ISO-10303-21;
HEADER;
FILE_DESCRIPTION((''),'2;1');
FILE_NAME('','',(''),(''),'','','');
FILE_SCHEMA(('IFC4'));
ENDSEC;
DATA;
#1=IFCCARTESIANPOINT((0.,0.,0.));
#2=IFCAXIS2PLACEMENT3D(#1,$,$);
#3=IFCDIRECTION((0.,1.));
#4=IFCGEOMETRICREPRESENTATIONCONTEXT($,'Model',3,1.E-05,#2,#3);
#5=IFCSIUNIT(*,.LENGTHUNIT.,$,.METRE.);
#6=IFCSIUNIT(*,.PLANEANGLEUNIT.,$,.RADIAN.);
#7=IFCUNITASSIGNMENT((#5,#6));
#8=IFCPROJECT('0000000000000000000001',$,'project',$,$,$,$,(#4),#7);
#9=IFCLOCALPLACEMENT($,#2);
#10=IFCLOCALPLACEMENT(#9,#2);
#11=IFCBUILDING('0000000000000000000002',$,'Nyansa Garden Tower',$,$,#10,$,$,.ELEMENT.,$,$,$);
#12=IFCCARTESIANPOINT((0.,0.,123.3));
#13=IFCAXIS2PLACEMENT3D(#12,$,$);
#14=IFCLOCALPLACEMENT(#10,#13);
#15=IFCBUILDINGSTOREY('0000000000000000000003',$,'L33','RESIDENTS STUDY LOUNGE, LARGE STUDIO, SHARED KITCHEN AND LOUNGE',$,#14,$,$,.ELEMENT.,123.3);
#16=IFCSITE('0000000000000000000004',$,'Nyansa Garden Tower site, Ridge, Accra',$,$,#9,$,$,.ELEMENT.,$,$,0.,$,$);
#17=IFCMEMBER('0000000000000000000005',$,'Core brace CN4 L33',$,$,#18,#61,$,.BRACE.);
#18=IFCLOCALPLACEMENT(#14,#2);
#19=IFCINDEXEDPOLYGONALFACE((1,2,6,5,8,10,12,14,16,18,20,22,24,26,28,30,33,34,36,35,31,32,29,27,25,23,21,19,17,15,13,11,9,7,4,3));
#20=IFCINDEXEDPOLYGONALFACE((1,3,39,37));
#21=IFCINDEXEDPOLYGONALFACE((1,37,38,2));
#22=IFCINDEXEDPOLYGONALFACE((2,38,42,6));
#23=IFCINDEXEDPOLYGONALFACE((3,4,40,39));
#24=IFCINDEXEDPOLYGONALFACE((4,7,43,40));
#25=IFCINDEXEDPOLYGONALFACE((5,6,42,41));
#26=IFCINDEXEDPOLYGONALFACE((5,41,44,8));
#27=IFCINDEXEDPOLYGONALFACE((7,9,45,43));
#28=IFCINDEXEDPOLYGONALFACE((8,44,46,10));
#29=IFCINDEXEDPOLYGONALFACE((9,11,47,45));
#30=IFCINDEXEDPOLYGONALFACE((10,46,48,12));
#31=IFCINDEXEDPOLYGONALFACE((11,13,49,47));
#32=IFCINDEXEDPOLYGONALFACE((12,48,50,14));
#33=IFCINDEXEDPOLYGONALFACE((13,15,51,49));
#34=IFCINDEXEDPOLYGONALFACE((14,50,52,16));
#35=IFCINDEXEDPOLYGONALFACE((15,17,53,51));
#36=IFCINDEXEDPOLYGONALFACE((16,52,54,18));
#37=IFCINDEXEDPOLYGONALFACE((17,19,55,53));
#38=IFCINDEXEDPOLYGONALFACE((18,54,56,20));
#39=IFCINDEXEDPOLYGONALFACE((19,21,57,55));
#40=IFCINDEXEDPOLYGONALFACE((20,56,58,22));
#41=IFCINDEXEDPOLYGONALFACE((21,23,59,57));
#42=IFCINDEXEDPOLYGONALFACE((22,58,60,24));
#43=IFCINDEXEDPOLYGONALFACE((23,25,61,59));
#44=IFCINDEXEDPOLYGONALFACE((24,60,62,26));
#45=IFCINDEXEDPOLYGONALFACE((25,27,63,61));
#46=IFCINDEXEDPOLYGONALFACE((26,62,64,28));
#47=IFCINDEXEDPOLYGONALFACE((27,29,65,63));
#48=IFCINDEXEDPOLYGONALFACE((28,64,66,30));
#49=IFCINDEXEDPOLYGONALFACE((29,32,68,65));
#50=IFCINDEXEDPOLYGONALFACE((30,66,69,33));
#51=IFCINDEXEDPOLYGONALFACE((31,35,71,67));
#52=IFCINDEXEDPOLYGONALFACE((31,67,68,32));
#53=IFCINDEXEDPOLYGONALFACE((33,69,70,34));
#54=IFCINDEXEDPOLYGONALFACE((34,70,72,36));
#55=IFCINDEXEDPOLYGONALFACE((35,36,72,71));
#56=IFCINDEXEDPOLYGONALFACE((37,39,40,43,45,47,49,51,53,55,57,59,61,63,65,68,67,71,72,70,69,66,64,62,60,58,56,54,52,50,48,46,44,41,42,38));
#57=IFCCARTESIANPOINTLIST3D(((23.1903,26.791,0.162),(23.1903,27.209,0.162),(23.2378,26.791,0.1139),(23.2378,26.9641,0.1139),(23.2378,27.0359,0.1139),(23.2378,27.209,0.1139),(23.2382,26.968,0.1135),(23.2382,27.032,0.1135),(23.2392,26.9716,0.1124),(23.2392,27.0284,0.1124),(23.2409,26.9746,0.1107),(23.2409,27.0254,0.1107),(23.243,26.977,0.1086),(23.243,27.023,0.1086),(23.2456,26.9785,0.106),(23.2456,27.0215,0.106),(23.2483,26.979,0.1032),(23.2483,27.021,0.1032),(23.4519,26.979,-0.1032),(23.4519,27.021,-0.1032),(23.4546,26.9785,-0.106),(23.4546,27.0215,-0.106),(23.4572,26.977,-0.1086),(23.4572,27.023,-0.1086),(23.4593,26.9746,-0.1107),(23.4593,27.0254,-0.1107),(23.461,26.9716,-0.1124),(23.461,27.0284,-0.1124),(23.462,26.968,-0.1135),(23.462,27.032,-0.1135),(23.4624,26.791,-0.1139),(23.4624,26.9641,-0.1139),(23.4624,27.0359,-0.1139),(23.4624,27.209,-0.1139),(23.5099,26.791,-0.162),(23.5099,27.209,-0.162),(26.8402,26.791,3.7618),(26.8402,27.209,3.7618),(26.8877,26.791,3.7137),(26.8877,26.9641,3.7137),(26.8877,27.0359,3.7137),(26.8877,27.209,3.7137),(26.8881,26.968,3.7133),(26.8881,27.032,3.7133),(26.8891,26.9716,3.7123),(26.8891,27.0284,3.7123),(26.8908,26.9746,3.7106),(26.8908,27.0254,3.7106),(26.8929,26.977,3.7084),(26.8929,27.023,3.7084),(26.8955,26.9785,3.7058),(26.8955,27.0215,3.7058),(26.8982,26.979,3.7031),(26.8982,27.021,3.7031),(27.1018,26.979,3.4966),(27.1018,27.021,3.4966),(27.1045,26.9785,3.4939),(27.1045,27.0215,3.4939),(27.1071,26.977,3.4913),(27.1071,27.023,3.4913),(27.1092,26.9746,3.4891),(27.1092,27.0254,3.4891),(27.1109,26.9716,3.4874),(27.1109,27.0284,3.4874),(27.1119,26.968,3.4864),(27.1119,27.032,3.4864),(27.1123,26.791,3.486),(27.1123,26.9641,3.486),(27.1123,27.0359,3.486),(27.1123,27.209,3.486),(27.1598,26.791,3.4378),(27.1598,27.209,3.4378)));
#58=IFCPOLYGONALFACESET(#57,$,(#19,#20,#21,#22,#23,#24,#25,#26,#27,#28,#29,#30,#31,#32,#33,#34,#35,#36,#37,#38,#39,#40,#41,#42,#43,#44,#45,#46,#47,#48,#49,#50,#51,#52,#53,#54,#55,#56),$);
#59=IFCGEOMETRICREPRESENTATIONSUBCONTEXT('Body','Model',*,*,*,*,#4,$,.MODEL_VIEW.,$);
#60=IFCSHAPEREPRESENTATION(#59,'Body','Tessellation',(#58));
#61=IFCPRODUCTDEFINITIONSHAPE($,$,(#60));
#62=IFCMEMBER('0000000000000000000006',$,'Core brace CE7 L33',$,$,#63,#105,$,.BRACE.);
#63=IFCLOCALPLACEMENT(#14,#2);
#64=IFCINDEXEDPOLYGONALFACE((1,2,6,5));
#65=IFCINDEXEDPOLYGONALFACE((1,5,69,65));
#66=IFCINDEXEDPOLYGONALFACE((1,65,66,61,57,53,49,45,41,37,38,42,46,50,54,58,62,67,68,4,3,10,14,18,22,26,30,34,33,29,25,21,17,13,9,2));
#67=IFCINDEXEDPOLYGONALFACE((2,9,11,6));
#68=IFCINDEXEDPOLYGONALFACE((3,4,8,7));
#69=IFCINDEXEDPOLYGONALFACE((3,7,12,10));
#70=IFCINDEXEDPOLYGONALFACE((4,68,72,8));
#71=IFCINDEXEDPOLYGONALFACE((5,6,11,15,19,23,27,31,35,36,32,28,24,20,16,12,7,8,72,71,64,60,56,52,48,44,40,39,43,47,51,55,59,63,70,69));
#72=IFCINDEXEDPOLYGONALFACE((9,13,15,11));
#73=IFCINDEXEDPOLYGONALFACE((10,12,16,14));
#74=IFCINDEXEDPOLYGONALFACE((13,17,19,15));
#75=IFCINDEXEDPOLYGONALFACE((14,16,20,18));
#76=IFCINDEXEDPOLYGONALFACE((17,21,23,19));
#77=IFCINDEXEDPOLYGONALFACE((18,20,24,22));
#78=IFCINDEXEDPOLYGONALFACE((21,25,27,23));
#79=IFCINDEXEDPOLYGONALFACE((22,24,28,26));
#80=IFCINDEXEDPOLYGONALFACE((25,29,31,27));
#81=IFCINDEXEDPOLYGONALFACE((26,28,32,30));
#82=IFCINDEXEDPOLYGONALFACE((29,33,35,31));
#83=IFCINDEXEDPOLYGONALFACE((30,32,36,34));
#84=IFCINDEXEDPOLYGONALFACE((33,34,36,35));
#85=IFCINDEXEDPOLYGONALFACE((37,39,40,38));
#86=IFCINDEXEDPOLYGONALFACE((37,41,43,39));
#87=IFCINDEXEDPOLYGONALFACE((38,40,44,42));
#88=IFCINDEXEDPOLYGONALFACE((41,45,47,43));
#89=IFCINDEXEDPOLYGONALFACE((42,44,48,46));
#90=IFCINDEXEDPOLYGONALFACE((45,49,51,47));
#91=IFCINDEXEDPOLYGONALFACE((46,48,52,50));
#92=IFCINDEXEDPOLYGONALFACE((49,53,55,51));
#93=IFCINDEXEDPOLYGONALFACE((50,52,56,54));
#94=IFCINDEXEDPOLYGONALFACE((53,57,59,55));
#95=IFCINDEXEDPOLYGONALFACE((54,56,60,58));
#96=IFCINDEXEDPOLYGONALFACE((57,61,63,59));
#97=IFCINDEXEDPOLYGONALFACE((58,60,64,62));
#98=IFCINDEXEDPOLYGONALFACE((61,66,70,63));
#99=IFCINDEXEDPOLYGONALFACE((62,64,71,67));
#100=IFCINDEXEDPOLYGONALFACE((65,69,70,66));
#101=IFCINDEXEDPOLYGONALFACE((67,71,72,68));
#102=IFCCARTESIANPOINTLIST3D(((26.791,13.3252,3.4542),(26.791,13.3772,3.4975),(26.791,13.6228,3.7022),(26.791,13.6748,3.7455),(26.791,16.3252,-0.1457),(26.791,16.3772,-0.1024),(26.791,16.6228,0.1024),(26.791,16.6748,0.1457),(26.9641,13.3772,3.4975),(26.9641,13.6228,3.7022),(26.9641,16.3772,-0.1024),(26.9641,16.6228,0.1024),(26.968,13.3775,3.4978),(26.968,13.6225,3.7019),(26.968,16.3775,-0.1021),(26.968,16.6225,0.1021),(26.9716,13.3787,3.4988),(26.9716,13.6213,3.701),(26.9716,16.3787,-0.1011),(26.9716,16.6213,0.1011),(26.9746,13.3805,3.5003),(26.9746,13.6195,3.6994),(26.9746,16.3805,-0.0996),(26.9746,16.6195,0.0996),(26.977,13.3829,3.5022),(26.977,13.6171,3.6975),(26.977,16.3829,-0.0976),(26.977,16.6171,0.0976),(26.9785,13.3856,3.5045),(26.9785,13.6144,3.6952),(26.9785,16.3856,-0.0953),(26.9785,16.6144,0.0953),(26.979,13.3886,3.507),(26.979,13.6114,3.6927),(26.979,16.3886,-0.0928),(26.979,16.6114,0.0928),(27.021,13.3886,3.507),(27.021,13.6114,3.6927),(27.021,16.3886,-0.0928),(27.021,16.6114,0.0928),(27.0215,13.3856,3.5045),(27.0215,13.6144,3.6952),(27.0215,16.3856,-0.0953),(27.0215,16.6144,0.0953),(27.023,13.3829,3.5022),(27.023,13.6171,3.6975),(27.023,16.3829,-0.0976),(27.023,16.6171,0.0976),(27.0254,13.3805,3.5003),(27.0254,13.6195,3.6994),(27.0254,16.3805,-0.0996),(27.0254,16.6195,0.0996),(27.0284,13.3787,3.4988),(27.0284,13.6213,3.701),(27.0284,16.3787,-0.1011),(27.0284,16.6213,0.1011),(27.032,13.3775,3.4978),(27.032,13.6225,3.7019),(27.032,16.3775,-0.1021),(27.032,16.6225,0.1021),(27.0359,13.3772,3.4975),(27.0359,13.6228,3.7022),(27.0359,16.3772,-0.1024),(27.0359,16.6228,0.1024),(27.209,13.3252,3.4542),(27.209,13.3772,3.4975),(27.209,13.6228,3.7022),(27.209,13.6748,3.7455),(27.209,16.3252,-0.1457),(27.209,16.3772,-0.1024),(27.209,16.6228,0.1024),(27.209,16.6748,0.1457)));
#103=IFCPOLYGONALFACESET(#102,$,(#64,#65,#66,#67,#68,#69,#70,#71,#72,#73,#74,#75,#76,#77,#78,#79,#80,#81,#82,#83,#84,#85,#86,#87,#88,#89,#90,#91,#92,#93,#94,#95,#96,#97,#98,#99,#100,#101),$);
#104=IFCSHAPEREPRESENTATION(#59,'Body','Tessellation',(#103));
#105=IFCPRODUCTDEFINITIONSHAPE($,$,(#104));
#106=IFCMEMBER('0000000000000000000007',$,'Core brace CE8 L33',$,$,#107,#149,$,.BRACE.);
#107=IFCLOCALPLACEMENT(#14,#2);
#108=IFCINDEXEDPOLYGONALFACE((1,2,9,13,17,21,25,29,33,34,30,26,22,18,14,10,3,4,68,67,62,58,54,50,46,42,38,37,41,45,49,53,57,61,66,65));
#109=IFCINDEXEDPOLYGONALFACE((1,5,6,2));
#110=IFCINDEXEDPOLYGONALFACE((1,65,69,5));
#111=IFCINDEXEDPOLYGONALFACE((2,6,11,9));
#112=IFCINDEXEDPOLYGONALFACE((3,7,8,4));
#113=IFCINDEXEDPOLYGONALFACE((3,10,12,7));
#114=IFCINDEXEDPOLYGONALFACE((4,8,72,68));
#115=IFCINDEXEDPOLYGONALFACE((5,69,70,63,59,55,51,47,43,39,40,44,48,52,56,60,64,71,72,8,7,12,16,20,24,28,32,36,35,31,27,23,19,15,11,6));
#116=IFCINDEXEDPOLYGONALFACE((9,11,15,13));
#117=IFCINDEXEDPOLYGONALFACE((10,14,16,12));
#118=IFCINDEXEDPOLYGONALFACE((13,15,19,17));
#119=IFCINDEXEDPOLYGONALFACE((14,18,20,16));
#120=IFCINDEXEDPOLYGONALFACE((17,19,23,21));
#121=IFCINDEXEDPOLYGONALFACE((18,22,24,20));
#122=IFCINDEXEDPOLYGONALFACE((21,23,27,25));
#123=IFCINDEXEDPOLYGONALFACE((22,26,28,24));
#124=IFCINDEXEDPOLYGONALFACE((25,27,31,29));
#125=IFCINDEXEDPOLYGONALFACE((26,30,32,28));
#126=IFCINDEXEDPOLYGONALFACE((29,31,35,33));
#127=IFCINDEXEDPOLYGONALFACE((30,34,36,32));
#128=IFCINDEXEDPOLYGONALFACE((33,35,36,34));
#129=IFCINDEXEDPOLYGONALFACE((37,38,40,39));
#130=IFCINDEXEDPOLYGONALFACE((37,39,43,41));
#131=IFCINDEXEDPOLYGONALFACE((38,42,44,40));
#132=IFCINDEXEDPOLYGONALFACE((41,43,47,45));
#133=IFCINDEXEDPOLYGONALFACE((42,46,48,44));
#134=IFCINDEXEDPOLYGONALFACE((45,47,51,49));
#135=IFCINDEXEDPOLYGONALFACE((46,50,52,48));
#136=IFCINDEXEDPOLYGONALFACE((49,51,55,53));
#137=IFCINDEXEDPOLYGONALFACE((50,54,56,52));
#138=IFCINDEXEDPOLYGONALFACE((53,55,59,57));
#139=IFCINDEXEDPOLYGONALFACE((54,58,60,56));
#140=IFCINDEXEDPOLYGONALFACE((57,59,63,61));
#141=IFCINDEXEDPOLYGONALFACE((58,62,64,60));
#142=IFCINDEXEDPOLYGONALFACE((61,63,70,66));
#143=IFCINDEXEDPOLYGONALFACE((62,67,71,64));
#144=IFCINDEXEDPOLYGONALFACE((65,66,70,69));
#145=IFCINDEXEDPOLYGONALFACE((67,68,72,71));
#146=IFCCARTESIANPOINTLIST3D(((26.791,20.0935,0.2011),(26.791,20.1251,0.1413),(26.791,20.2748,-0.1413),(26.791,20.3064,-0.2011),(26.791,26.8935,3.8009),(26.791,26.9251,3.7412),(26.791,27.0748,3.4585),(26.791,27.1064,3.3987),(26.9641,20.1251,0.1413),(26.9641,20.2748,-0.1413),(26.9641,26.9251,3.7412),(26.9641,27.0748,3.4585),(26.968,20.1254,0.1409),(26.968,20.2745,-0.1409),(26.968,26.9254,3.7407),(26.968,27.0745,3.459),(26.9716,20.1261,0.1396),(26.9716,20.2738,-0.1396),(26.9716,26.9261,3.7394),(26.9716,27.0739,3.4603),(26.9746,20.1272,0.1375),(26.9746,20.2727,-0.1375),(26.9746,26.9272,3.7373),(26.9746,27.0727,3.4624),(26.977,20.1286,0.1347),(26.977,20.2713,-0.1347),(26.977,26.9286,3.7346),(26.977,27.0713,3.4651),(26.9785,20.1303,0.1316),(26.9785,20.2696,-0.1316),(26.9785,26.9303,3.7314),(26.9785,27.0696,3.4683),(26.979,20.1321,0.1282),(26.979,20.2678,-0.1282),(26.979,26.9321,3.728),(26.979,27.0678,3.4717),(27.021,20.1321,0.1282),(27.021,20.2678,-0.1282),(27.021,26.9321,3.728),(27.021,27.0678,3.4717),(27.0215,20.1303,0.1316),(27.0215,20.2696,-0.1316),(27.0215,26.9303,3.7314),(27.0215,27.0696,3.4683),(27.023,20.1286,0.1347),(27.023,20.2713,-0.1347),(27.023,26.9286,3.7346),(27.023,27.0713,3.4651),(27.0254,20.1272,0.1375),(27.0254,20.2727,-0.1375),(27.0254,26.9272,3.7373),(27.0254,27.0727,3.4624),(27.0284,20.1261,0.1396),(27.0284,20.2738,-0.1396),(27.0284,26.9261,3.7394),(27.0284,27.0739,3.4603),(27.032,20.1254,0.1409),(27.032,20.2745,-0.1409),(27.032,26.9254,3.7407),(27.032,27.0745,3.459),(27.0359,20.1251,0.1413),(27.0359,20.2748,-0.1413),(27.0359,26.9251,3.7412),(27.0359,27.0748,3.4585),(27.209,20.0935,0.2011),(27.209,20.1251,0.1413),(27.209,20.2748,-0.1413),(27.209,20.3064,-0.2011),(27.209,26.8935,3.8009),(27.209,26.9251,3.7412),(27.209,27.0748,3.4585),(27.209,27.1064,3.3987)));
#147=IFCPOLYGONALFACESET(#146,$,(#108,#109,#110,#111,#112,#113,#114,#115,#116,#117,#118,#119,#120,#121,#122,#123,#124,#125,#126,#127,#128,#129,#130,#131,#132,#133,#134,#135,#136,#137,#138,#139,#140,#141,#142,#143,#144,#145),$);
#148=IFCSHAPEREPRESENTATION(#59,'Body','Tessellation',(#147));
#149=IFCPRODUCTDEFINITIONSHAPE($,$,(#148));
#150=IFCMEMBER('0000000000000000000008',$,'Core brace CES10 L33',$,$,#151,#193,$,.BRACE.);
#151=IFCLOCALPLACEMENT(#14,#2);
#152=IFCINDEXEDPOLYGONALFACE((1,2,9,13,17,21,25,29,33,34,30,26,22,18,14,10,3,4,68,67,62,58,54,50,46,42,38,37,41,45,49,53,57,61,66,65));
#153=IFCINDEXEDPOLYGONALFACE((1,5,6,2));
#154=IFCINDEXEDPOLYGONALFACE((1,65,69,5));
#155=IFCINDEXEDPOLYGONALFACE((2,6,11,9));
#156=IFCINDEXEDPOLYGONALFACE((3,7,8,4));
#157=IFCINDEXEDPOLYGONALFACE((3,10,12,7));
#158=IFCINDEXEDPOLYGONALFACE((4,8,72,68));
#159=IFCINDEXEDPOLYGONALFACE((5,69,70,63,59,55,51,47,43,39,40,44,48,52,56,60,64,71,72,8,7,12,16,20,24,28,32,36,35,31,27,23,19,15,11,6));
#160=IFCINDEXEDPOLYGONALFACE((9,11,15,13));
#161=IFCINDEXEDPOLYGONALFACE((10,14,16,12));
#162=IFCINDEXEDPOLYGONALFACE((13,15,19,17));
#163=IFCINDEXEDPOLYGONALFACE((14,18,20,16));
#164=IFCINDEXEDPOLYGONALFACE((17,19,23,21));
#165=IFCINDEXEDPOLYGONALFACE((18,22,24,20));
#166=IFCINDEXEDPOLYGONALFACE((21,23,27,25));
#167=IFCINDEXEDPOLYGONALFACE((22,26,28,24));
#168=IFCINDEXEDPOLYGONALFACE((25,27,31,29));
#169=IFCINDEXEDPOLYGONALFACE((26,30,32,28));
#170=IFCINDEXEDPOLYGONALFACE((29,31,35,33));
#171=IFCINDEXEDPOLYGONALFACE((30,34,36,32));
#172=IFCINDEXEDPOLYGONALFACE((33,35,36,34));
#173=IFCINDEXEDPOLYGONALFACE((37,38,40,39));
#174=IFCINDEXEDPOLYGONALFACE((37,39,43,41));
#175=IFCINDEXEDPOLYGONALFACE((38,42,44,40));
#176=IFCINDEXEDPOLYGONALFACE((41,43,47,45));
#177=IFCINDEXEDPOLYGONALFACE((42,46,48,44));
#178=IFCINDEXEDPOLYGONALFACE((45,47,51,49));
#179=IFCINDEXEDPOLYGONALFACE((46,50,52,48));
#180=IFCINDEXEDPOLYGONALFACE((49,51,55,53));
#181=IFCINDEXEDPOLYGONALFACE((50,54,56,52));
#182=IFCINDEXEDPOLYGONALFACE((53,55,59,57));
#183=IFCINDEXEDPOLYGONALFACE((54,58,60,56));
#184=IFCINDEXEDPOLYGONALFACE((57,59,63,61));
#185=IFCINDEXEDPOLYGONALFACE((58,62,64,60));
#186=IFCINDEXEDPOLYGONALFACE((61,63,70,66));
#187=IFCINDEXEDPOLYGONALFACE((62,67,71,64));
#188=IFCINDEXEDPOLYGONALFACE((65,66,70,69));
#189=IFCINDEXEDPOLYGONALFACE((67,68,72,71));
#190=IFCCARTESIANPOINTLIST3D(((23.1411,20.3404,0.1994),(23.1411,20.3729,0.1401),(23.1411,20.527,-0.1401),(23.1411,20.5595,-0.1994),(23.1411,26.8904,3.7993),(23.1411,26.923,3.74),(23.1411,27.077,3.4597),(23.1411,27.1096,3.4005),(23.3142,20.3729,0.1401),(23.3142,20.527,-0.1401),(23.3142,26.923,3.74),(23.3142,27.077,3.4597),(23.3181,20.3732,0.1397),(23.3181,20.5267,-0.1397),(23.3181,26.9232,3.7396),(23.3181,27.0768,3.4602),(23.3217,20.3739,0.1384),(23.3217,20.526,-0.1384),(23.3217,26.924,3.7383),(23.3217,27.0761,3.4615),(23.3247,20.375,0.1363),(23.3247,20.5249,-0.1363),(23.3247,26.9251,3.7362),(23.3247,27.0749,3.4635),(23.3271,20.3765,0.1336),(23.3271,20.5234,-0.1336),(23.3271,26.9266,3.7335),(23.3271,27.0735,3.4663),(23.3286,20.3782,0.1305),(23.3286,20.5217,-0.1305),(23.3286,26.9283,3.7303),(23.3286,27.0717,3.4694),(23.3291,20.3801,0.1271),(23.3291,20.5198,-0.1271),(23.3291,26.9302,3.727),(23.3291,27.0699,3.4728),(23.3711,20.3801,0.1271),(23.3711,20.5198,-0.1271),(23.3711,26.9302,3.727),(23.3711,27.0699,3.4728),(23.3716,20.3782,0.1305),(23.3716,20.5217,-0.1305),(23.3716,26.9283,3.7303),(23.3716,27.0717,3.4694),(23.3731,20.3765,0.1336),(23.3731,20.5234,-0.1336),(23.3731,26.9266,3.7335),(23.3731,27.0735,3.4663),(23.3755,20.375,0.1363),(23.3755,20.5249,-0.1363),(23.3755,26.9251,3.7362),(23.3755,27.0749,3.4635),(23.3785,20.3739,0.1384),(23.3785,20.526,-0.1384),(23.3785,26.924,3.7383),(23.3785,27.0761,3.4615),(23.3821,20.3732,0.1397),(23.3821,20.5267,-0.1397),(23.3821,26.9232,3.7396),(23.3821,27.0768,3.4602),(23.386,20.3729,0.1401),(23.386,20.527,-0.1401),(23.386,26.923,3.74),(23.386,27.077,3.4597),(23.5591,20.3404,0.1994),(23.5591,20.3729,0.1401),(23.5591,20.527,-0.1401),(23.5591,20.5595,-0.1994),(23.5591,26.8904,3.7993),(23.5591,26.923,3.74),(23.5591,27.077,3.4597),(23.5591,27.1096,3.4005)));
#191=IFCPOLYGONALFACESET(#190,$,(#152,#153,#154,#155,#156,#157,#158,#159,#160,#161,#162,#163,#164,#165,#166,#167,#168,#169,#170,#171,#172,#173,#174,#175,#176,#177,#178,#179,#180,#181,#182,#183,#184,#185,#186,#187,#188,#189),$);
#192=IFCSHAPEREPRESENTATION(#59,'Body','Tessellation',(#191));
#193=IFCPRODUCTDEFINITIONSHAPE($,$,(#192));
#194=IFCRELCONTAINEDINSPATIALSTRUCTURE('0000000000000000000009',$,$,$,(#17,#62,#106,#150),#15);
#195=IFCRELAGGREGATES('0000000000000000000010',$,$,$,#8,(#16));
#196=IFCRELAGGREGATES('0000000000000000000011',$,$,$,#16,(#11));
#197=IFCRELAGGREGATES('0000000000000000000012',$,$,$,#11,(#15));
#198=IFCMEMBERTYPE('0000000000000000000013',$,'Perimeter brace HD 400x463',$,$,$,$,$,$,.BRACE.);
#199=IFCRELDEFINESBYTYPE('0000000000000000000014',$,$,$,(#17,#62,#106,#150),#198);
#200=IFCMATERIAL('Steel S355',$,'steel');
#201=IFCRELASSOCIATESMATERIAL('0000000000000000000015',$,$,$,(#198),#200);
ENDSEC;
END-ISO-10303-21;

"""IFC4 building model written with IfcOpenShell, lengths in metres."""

from ifc_helpers import new_model, si_unit, direction, frame, origin, origin_2d, place, context, subcontext, project, spatial, i_section, extrude, material, material_profile, profile_set, type_object, element, save


model = new_model("IFC4")

# Units and contexts
model_context = context("Model", 3, precision=1e-05, world=origin(), true_north=direction((0.0, 1.0)))
body_context = subcontext(model_context, "Body", "Model", "MODEL_VIEW")
ifc_project = project(units=[si_unit("LENGTHUNIT", "METRE"), si_unit("PLANEANGLEUNIT", "RADIAN")], contexts=[model_context])

# Site, building, storey
site_placement = place(None, origin())
site = spatial("IfcSite", under=ifc_project, at=site_placement, Name="Nyansa Garden Tower site, Ridge, Accra", CompositionType="ELEMENT", RefElevation=0.0)
building_placement = place(site_placement, origin())
building = spatial("IfcBuilding", under=site, at=building_placement, Name="Nyansa Garden Tower", CompositionType="ELEMENT")
storey_placement = place(building_placement, frame((0.0, 0.0, 123.3)))
storey = spatial("IfcBuildingStorey", under=building, at=storey_placement, Name="L33", Description="RESIDENTS STUDY LOUNGE, LARGE STUDIO, SHARED KITCHEN AND LOUNGE", CompositionType="ELEMENT", Elevation=123.3)

# Members
ifc_material_1 = material(Name="Steel S355", Category="steel")
ifc_material_profile_1 = material_profile(ifc_material_1, i_section(OverallWidth=0.418, OverallDepth=0.4551, WebThickness=0.042, FlangeThickness=0.0676, FilletRadius=0.0149, at=origin_2d()), Name="HD 400x463")
ifc_profile_set_1 = profile_set([ifc_material_profile_1], Name="Steel S355")
member_type = type_object("IfcMemberType", Name="Perimeter brace HD 400x463", PredefinedType="BRACE", material=ifc_profile_set_1)
member_1_placement = place(storey_placement, frame((23.3501, 27.0, 0.0), z_axis=(0.711971, 0.0, 0.702209), x_axis=(0.0, 1.0, 0.0)))
element("IfcMember", 1, at=member_1_placement, inside=storey, type_object=member_type, Name="Core brace CN4 L33", PredefinedType="BRACE", context=body_context, shape_type="SweptSolid", body=[
    extrude(i_section(OverallWidth=0.418, OverallDepth=0.4551, WebThickness=0.042, FlangeThickness=0.0676, FilletRadius=0.0149, at=origin_2d()), origin(), (0.0, 0.0, 1.0), 5.1265),
])
member_2_placement = place(storey_placement, frame((27.0, 16.5, 0.0), z_axis=(0.0, -0.6402, 0.768208), x_axis=(1.0, 0.0, 0.0)))
element("IfcMember", 2, at=member_2_placement, inside=storey, type_object=member_type, Name="Core brace CE7 L33", PredefinedType="BRACE", context=body_context, shape_type="SweptSolid", body=[
    extrude(i_section(OverallWidth=0.418, OverallDepth=0.4551, WebThickness=0.042, FlangeThickness=0.0676, FilletRadius=0.0149, at=origin_2d()), origin(), (0.0, 0.0, 1.0), 4.686),
])
member_3_placement = place(storey_placement, frame((27.0, 20.2, 0.0), z_axis=(0.0, 0.883797, 0.46787), x_axis=(-1.0, 0.0, 0.0)))
element("IfcMember", 3, at=member_3_placement, inside=storey, type_object=member_type, Name="Core brace CE8 L33", PredefinedType="BRACE", context=body_context, shape_type="SweptSolid", body=[
    extrude(i_section(OverallWidth=0.418, OverallDepth=0.4551, WebThickness=0.042, FlangeThickness=0.0676, FilletRadius=0.0149, at=origin_2d()), origin(), (0.0, 0.0, 1.0), 7.6941),
])
member_4_placement = place(storey_placement, frame((23.3501, 20.45, 0.0), z_axis=(0.0, 0.876367, 0.481644), x_axis=(-1.0, 0.0, 0.0)))
element("IfcMember", 4, at=member_4_placement, inside=storey, type_object=member_type, Name="Core brace CES10 L33", PredefinedType="BRACE", context=body_context, shape_type="SweptSolid", body=[
    extrude(i_section(OverallWidth=0.418, OverallDepth=0.4551, WebThickness=0.042, FlangeThickness=0.0676, FilletRadius=0.0149, at=origin_2d()), origin(), (0.0, 0.0, 1.0), 7.4741),
])

save(model, "model.ifc")
